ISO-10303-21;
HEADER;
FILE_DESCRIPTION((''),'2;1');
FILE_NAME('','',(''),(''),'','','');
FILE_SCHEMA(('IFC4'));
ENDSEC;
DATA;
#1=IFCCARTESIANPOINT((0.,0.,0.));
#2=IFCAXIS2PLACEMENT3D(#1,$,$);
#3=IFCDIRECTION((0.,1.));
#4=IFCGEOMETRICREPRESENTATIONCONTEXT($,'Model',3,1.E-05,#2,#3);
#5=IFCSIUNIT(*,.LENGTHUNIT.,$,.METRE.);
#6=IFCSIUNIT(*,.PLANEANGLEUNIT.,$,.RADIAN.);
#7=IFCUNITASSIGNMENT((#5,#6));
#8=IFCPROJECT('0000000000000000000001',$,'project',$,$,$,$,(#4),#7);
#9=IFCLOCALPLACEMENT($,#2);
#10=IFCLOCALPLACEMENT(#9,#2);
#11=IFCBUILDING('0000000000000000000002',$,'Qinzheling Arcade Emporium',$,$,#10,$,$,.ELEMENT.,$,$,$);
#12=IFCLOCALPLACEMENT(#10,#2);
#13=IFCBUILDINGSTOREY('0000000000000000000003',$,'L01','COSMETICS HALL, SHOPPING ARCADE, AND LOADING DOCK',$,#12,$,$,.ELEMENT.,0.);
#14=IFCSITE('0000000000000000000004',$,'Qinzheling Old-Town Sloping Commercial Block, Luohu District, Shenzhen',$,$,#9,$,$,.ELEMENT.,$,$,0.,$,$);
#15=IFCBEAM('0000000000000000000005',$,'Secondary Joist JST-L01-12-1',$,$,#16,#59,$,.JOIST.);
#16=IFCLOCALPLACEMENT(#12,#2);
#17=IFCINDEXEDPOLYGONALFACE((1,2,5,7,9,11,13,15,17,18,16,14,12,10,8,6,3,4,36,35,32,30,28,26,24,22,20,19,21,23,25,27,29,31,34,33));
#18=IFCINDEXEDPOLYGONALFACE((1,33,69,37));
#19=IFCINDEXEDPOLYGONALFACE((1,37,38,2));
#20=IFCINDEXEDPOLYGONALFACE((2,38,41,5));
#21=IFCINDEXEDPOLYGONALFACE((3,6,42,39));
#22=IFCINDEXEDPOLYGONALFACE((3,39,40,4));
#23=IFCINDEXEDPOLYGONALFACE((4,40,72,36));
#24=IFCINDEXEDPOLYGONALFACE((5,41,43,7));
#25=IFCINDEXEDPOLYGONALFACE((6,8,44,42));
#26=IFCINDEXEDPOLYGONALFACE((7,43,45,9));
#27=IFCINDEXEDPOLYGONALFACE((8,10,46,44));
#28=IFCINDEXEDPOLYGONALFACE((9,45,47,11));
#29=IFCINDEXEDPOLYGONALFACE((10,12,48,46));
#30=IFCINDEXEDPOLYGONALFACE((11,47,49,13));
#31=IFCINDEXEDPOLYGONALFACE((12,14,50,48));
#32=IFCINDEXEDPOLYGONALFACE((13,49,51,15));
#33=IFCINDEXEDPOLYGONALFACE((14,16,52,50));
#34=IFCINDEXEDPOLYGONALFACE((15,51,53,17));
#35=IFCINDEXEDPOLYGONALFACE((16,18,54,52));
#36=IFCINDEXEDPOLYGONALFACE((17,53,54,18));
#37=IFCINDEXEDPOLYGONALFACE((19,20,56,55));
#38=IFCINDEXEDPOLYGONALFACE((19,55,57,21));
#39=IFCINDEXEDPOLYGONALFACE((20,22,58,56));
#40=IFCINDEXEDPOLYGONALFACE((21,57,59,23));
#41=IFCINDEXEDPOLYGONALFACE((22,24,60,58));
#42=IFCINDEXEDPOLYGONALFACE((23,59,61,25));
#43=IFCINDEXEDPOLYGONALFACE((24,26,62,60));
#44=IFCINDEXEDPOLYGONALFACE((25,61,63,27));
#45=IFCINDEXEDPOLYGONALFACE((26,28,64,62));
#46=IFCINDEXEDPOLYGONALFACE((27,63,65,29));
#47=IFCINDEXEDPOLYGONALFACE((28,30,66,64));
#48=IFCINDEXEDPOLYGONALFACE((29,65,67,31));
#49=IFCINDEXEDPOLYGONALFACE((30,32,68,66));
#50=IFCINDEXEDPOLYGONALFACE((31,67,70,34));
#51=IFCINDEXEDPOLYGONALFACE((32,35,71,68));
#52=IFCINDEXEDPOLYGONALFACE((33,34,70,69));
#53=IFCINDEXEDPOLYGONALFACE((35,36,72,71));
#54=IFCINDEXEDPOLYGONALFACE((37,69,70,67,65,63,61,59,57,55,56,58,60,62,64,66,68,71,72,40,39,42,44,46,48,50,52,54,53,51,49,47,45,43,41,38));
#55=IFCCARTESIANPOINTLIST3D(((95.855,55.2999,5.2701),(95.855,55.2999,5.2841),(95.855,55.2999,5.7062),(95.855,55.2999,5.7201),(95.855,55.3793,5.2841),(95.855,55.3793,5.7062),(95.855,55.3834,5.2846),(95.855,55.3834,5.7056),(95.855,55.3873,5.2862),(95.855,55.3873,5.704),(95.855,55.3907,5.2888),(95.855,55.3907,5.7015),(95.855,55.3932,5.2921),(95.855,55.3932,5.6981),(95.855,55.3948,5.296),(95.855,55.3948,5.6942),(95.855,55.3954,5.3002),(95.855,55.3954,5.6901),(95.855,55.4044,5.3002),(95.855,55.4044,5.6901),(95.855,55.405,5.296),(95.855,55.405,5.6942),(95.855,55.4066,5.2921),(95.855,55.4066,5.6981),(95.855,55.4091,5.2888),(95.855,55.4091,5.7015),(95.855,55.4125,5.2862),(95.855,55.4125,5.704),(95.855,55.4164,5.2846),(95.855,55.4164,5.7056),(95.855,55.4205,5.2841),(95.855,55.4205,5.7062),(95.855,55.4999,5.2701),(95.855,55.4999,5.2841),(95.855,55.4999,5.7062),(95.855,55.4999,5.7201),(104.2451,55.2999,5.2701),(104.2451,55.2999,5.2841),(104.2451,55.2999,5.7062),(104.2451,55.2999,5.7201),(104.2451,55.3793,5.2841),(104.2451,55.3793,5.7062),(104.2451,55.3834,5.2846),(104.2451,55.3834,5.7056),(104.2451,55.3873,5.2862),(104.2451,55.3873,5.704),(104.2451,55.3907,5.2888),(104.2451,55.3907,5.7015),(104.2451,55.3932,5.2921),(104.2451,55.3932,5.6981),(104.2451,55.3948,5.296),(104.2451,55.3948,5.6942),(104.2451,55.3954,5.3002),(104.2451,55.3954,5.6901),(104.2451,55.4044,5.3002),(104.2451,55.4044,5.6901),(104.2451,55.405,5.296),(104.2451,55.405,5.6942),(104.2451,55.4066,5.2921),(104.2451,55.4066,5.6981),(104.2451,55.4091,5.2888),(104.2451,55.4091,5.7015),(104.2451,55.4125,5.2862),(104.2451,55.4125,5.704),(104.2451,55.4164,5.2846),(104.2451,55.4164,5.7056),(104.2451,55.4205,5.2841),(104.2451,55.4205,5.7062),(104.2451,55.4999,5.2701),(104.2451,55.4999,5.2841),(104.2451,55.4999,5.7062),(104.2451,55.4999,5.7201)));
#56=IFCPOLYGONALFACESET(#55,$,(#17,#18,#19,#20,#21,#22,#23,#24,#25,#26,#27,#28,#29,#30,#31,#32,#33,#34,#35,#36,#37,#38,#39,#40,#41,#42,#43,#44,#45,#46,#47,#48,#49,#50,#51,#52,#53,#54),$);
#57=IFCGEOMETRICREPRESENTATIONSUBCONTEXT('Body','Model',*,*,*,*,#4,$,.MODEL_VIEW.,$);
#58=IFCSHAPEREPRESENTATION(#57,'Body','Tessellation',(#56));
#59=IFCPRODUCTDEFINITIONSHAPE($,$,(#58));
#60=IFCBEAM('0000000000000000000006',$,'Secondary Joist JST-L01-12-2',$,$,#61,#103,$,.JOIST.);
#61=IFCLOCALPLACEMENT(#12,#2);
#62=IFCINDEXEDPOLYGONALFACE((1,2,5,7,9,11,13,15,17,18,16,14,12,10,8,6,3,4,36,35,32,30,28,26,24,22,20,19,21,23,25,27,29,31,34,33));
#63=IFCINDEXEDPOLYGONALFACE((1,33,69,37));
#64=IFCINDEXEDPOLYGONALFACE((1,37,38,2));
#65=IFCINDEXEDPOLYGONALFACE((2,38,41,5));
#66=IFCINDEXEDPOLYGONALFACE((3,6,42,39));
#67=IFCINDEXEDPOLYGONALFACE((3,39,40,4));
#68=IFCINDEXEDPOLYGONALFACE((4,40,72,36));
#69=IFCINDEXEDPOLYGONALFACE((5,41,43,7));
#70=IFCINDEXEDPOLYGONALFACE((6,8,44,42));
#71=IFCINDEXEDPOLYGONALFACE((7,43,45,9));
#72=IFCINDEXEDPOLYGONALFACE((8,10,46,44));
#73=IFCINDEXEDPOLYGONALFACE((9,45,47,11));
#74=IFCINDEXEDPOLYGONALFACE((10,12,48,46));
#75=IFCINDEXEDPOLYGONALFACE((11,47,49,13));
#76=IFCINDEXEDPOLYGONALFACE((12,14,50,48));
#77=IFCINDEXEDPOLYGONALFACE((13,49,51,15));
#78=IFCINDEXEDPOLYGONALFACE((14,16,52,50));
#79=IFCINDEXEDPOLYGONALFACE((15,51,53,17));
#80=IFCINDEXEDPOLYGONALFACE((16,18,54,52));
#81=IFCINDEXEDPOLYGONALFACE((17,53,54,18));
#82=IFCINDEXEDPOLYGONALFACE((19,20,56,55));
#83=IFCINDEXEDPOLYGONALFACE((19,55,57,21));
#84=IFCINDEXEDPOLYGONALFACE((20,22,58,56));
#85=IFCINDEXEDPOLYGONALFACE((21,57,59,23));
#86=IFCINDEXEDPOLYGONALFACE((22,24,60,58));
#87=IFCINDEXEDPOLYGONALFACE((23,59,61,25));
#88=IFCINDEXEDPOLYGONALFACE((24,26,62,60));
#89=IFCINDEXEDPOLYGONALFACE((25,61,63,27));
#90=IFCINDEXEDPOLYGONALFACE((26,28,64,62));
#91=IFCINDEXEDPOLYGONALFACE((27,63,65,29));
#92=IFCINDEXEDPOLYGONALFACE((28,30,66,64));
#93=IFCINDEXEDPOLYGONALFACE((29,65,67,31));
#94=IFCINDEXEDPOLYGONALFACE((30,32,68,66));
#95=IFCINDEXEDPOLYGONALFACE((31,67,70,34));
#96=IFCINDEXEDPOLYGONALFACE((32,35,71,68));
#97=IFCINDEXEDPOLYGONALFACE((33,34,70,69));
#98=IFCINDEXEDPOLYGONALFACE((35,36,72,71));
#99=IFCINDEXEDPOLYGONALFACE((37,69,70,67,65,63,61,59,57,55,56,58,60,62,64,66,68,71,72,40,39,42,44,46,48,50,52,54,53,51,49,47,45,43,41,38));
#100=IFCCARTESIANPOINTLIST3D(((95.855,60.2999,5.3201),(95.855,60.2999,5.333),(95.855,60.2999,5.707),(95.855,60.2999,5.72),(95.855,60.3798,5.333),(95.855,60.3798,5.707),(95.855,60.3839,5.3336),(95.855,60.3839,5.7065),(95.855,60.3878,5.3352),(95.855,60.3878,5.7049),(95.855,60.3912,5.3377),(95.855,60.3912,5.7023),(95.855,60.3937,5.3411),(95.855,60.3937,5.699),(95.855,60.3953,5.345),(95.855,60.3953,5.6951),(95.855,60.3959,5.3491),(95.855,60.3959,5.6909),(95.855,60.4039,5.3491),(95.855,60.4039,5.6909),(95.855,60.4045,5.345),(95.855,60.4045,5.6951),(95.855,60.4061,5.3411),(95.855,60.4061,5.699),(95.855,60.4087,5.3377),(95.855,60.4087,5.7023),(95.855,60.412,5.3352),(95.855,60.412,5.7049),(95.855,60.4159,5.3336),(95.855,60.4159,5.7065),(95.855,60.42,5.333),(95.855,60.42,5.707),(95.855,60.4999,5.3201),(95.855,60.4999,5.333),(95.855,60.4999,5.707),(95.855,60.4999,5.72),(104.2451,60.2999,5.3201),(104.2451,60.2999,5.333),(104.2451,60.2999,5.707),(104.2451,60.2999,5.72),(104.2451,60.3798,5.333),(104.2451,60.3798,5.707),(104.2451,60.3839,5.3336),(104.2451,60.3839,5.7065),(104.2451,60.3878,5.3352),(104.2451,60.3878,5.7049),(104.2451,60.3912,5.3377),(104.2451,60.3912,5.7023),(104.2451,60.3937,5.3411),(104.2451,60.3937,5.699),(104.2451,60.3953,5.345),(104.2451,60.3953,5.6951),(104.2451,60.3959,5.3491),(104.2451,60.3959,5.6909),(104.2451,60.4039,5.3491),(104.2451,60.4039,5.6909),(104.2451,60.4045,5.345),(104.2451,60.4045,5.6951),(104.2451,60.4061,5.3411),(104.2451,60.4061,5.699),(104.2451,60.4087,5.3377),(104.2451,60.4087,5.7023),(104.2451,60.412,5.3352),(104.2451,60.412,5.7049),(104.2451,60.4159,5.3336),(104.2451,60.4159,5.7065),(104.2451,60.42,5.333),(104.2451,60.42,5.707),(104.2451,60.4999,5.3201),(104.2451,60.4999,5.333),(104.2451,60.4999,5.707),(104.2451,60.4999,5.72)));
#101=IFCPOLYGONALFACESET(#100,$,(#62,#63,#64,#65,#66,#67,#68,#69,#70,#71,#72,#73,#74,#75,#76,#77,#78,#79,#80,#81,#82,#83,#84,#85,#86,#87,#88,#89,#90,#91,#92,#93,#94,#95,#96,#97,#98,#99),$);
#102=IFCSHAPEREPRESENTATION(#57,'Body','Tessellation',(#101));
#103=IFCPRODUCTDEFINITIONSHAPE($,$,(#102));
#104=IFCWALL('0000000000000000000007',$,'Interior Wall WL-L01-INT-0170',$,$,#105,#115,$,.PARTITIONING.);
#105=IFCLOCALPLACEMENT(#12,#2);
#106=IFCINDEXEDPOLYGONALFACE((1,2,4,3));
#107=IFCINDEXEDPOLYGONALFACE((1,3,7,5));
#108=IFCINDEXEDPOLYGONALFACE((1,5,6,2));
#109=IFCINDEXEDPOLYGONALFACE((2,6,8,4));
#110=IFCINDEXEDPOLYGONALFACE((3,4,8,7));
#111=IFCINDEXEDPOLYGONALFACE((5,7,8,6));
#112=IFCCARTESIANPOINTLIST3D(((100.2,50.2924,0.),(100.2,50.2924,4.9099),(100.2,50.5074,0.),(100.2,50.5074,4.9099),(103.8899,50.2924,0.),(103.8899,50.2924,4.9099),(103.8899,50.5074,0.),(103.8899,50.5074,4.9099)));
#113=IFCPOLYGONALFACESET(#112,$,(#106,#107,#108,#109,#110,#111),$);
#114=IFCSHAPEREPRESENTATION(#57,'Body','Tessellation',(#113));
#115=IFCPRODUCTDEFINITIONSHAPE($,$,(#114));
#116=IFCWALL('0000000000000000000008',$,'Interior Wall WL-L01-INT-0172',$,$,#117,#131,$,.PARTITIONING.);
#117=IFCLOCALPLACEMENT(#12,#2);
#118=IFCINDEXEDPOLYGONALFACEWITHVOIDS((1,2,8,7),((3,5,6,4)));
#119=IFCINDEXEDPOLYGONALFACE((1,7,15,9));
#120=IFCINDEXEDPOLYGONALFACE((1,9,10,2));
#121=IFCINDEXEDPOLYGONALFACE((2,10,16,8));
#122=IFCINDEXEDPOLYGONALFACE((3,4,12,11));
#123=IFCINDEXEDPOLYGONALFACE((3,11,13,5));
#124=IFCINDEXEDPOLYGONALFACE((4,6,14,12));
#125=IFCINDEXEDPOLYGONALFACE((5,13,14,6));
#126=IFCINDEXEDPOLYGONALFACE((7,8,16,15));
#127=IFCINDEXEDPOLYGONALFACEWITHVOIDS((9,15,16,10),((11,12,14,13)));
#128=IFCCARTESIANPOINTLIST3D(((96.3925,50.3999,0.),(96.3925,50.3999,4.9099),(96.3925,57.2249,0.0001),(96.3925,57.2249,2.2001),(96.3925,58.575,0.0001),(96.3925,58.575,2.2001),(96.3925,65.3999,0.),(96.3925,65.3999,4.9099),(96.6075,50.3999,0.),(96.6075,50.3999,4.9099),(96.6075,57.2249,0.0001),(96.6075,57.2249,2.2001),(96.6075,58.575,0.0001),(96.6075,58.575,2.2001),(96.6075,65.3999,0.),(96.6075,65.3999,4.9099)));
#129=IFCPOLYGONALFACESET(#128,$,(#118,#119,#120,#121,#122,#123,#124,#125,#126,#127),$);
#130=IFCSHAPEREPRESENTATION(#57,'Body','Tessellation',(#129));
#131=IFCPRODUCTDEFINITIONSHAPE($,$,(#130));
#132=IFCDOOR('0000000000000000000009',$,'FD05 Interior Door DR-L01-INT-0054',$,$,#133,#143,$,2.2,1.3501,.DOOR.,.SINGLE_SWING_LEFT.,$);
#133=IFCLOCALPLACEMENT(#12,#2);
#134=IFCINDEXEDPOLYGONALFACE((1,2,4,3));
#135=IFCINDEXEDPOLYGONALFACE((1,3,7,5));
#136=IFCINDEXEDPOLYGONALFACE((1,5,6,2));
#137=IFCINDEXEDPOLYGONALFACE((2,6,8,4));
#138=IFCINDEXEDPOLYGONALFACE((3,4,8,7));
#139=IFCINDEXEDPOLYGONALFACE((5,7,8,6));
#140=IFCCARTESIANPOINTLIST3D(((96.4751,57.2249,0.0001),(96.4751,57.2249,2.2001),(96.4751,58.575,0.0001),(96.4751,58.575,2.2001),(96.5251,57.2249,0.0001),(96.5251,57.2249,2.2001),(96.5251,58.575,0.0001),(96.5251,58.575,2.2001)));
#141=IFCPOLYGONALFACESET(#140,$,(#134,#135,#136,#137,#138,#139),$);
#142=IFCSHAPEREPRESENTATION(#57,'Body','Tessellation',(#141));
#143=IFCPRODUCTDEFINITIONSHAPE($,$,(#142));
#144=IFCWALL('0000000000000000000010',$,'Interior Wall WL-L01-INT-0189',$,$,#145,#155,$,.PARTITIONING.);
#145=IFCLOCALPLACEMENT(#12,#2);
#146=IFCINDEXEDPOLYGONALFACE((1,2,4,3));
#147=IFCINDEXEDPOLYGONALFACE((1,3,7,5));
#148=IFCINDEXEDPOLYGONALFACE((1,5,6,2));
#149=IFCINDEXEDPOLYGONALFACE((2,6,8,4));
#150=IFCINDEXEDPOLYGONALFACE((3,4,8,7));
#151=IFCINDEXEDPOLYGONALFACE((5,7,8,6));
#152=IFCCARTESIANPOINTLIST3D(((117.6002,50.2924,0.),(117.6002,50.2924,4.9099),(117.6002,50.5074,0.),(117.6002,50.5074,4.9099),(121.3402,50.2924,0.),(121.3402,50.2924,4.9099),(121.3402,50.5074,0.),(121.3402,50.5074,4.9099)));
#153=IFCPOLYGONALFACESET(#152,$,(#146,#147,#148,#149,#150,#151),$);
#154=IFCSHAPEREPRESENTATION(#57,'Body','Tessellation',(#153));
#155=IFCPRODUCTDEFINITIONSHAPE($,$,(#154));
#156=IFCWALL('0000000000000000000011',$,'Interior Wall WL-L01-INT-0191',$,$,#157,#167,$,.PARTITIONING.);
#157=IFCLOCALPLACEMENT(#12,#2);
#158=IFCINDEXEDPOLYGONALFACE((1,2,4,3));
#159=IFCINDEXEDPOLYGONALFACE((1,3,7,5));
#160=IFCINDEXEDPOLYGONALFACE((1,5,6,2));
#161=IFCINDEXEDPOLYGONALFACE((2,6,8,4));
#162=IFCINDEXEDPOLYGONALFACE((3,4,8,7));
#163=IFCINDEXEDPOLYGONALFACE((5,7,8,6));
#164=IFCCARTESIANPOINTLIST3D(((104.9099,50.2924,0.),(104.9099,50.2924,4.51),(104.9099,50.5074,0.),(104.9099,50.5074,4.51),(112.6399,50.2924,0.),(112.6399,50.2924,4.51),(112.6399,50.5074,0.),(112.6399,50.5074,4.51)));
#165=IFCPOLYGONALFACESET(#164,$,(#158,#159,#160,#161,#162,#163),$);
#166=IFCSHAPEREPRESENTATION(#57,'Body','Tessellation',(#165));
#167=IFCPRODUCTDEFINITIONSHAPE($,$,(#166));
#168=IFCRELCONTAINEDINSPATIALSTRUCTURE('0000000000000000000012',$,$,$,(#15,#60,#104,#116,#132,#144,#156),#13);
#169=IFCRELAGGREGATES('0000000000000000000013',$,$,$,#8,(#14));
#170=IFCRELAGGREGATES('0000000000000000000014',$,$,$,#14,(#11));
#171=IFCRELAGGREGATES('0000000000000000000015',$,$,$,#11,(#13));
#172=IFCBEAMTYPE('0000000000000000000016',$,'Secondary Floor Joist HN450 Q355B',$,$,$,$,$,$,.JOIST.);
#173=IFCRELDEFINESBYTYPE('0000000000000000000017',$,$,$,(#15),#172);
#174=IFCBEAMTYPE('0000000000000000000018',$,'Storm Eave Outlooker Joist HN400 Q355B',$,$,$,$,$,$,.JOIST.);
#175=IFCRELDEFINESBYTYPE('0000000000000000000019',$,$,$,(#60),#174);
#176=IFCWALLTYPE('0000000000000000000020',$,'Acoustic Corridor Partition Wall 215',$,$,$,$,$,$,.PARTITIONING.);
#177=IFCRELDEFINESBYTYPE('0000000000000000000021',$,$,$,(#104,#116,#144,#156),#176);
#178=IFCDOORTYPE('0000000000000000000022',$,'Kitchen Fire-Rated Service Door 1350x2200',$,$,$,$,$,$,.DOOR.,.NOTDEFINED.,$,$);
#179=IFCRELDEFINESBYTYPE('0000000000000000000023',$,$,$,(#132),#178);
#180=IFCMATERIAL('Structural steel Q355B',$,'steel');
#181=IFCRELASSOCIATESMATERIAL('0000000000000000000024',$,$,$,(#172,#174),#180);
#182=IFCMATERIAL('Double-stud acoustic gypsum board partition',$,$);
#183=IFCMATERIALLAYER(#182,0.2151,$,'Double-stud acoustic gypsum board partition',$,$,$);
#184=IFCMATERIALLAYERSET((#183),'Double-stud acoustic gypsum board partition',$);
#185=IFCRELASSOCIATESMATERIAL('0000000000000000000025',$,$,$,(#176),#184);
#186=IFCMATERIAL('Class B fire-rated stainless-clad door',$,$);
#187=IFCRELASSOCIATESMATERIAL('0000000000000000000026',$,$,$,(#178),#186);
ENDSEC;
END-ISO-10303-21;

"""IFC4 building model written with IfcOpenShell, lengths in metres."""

from ifc_helpers import new_model, si_unit, direction, frame, frame_2d, origin, origin_2d, place, context, subcontext, project, spatial, rectangle, i_section, extrude, material, layer, layer_set, material_profile, profile_set, type_object, element, fill, save


model = new_model("IFC4")

# Units and contexts
model_context = context("Model", 3, precision=1e-05, world=origin(), true_north=direction((0.0, 1.0)))
body_context = subcontext(model_context, "Body", "Model", "MODEL_VIEW")
ifc_project = project(units=[si_unit("LENGTHUNIT", "METRE"), si_unit("PLANEANGLEUNIT", "RADIAN")], contexts=[model_context])

# Site, building, storey
site_placement = place(None, origin())
site = spatial("IfcSite", under=ifc_project, at=site_placement, Name="Qinzheling Old-Town Sloping Commercial Block, Luohu District, Shenzhen", CompositionType="ELEMENT", RefElevation=0.0)
building_placement = place(site_placement, origin())
building = spatial("IfcBuilding", under=site, at=building_placement, Name="Qinzheling Arcade Emporium", CompositionType="ELEMENT")
storey_placement = place(building_placement, origin())
storey = spatial("IfcBuildingStorey", under=building, at=storey_placement, Name="L01", Description="COSMETICS HALL, SHOPPING ARCADE, AND LOADING DOCK", CompositionType="ELEMENT", Elevation=0.0)

# Beams
ifc_material_1 = material(Name="Structural steel Q355B", Category="steel")
ifc_material_profile_1 = material_profile(ifc_material_1, i_section(OverallWidth=0.2, OverallDepth=0.45, WebThickness=0.009, FlangeThickness=0.0139, FilletRadius=0.0161, at=origin_2d()), Name="HN 450x200x9x14", Category="steel")
ifc_profile_set_1 = profile_set([ifc_material_profile_1], Name="Structural steel Q355B")
beam_type_1 = type_object("IfcBeamType", Name="Secondary Floor Joist HN450 Q355B", PredefinedType="JOIST", material=ifc_profile_set_1)
beam_1_placement = place(storey_placement, frame((95.855, 55.3999, 5.4951), z_axis=(1.0, 0.0, 0.0), x_axis=(0.0, 1.0, 0.0)))
element("IfcBeam", 1, at=beam_1_placement, inside=storey, type_object=beam_type_1, Name="Secondary Joist JST-L01-12-1", PredefinedType="JOIST", context=body_context, shape_type="SweptSolid", body=[
    extrude(i_section(OverallWidth=0.2, OverallDepth=0.45, WebThickness=0.009, FlangeThickness=0.0139, FilletRadius=0.0161, at=origin_2d()), origin(), (0.0, 0.0, 1.0), 8.3901),
])
ifc_material_profile_2 = material_profile(ifc_material_1, i_section(OverallWidth=0.2, OverallDepth=0.3999, WebThickness=0.0081, FlangeThickness=0.0129, FilletRadius=0.0161, at=origin_2d()), Name="HN 400x200x8x13", Category="steel")
ifc_profile_set_2 = profile_set([ifc_material_profile_2], Name="Structural steel Q355B")
beam_type_2 = type_object("IfcBeamType", Name="Storm Eave Outlooker Joist HN400 Q355B", PredefinedType="JOIST", material=ifc_profile_set_2)
beam_2_placement = place(storey_placement, frame((95.855, 60.3999, 5.52), z_axis=(1.0, 0.0, 0.0), x_axis=(0.0, 1.0, 0.0)))
element("IfcBeam", 2, at=beam_2_placement, inside=storey, type_object=beam_type_2, Name="Secondary Joist JST-L01-12-2", PredefinedType="JOIST", context=body_context, shape_type="SweptSolid", body=[
    extrude(i_section(OverallWidth=0.2, OverallDepth=0.3999, WebThickness=0.0081, FlangeThickness=0.0129, FilletRadius=0.0161, at=origin_2d()), origin(), (0.0, 0.0, 1.0), 8.3901),
])

# Wall
ifc_material_2 = material(Name="Double-stud acoustic gypsum board partition")
ifc_layer_1 = layer(ifc_material_2, 0.2151, Name="Double-stud acoustic gypsum board partition")
ifc_layer_set_1 = layer_set([ifc_layer_1], Name="Double-stud acoustic gypsum board partition")
wall_type_1 = type_object("IfcWallType", Name="Acoustic Corridor Partition Wall 215", PredefinedType="PARTITIONING", material=ifc_layer_set_1)
wall_1_placement = place(storey_placement, frame((100.2, 50.3999, 0.0), z_axis=(0.0, 0.0, 1.0), x_axis=(1.0, 0.0, 0.0)))
element("IfcWall", 3, at=wall_1_placement, inside=storey, type_object=wall_type_1, Name="Interior Wall WL-L01-INT-0170", PredefinedType="PARTITIONING", context=body_context, shape_type="SweptSolid", body=[
    extrude(rectangle(XDim=3.6899, YDim=0.2151, at=frame_2d((1.845, 0.0))), origin(), (0.0, 0.0, 1.0), 4.9099),
])

# Wall, opening, door
wall_2_placement = place(storey_placement, frame((96.5, 50.3999, 0.0), z_axis=(0.0, 0.0, 1.0), x_axis=(0.0, 1.0, 0.0)))
wall_2 = element("IfcWall", 4, at=wall_2_placement, inside=storey, type_object=wall_type_1, Name="Interior Wall WL-L01-INT-0172", PredefinedType="PARTITIONING", context=body_context, shape_type="SweptSolid", body=[
    extrude(rectangle(XDim=15.0, YDim=0.2151, at=frame_2d((7.5, 0.0))), origin(), (0.0, 0.0, 1.0), 4.9099),
])
opening_1_placement = place(wall_2_placement, frame((6.825, 0.0, 0.0)))
opening_1 = element("IfcOpeningElement", 5, at=opening_1_placement, cuts=wall_2, PredefinedType="OPENING", context=body_context, shape_type="SweptSolid", body=[
    extrude(rectangle(XDim=1.3501, YDim=2.2, at=frame_2d((0.675, 1.1001))), frame((0.0, 0.1177, 0.0), z_axis=(0.0, -1.0, 0.0), x_axis=(1.0, 0.0, 0.0)), (0.0, 0.0, 1.0), 0.2351),
])
ifc_material_3 = material(Name="Class B fire-rated stainless-clad door")
door_type = type_object("IfcDoorType", Name="Kitchen Fire-Rated Service Door 1350x2200", OperationType="NOTDEFINED", PredefinedType="DOOR", material=ifc_material_3)
door_1_placement = place(opening_1_placement, origin())
door_1 = element("IfcDoor", 6, at=door_1_placement, inside=storey, type_object=door_type, Name="FD05 Interior Door DR-L01-INT-0054", OperationType="SINGLE_SWING_LEFT", OverallHeight=2.2, OverallWidth=1.3501, PredefinedType="DOOR", context=body_context, shape_type="SweptSolid", body=[
    extrude(rectangle(XDim=1.3501, YDim=2.2, at=frame_2d((0.675, 1.1001))), frame((0.0, 0.0249, 0.0), z_axis=(0.0, -1.0, 0.0), x_axis=(1.0, 0.0, 0.0)), (0.0, 0.0, 1.0), 0.05),
])
fill(opening_1, door_1)

# Walls
wall_3_placement = place(storey_placement, frame((117.6001, 50.3999, 0.0), z_axis=(0.0, 0.0, 1.0), x_axis=(1.0, 0.0, 0.0)))
element("IfcWall", 7, at=wall_3_placement, inside=storey, type_object=wall_type_1, Name="Interior Wall WL-L01-INT-0189", PredefinedType="PARTITIONING", context=body_context, shape_type="SweptSolid", body=[
    extrude(rectangle(XDim=3.74, YDim=0.2151, at=frame_2d((1.8701, 0.0))), origin(), (0.0, 0.0, 1.0), 4.9099),
])
wall_4_placement = place(storey_placement, frame((104.9099, 50.3999, 0.0), z_axis=(0.0, 0.0, 1.0), x_axis=(1.0, 0.0, 0.0)))
element("IfcWall", 8, at=wall_4_placement, inside=storey, type_object=wall_type_1, Name="Interior Wall WL-L01-INT-0191", PredefinedType="PARTITIONING", context=body_context, shape_type="SweptSolid", body=[
    extrude(rectangle(XDim=7.73, YDim=0.2151, at=frame_2d((3.865, 0.0))), origin(), (0.0, 0.0, 1.0), 4.51),
])

save(model, "model.ifc")
